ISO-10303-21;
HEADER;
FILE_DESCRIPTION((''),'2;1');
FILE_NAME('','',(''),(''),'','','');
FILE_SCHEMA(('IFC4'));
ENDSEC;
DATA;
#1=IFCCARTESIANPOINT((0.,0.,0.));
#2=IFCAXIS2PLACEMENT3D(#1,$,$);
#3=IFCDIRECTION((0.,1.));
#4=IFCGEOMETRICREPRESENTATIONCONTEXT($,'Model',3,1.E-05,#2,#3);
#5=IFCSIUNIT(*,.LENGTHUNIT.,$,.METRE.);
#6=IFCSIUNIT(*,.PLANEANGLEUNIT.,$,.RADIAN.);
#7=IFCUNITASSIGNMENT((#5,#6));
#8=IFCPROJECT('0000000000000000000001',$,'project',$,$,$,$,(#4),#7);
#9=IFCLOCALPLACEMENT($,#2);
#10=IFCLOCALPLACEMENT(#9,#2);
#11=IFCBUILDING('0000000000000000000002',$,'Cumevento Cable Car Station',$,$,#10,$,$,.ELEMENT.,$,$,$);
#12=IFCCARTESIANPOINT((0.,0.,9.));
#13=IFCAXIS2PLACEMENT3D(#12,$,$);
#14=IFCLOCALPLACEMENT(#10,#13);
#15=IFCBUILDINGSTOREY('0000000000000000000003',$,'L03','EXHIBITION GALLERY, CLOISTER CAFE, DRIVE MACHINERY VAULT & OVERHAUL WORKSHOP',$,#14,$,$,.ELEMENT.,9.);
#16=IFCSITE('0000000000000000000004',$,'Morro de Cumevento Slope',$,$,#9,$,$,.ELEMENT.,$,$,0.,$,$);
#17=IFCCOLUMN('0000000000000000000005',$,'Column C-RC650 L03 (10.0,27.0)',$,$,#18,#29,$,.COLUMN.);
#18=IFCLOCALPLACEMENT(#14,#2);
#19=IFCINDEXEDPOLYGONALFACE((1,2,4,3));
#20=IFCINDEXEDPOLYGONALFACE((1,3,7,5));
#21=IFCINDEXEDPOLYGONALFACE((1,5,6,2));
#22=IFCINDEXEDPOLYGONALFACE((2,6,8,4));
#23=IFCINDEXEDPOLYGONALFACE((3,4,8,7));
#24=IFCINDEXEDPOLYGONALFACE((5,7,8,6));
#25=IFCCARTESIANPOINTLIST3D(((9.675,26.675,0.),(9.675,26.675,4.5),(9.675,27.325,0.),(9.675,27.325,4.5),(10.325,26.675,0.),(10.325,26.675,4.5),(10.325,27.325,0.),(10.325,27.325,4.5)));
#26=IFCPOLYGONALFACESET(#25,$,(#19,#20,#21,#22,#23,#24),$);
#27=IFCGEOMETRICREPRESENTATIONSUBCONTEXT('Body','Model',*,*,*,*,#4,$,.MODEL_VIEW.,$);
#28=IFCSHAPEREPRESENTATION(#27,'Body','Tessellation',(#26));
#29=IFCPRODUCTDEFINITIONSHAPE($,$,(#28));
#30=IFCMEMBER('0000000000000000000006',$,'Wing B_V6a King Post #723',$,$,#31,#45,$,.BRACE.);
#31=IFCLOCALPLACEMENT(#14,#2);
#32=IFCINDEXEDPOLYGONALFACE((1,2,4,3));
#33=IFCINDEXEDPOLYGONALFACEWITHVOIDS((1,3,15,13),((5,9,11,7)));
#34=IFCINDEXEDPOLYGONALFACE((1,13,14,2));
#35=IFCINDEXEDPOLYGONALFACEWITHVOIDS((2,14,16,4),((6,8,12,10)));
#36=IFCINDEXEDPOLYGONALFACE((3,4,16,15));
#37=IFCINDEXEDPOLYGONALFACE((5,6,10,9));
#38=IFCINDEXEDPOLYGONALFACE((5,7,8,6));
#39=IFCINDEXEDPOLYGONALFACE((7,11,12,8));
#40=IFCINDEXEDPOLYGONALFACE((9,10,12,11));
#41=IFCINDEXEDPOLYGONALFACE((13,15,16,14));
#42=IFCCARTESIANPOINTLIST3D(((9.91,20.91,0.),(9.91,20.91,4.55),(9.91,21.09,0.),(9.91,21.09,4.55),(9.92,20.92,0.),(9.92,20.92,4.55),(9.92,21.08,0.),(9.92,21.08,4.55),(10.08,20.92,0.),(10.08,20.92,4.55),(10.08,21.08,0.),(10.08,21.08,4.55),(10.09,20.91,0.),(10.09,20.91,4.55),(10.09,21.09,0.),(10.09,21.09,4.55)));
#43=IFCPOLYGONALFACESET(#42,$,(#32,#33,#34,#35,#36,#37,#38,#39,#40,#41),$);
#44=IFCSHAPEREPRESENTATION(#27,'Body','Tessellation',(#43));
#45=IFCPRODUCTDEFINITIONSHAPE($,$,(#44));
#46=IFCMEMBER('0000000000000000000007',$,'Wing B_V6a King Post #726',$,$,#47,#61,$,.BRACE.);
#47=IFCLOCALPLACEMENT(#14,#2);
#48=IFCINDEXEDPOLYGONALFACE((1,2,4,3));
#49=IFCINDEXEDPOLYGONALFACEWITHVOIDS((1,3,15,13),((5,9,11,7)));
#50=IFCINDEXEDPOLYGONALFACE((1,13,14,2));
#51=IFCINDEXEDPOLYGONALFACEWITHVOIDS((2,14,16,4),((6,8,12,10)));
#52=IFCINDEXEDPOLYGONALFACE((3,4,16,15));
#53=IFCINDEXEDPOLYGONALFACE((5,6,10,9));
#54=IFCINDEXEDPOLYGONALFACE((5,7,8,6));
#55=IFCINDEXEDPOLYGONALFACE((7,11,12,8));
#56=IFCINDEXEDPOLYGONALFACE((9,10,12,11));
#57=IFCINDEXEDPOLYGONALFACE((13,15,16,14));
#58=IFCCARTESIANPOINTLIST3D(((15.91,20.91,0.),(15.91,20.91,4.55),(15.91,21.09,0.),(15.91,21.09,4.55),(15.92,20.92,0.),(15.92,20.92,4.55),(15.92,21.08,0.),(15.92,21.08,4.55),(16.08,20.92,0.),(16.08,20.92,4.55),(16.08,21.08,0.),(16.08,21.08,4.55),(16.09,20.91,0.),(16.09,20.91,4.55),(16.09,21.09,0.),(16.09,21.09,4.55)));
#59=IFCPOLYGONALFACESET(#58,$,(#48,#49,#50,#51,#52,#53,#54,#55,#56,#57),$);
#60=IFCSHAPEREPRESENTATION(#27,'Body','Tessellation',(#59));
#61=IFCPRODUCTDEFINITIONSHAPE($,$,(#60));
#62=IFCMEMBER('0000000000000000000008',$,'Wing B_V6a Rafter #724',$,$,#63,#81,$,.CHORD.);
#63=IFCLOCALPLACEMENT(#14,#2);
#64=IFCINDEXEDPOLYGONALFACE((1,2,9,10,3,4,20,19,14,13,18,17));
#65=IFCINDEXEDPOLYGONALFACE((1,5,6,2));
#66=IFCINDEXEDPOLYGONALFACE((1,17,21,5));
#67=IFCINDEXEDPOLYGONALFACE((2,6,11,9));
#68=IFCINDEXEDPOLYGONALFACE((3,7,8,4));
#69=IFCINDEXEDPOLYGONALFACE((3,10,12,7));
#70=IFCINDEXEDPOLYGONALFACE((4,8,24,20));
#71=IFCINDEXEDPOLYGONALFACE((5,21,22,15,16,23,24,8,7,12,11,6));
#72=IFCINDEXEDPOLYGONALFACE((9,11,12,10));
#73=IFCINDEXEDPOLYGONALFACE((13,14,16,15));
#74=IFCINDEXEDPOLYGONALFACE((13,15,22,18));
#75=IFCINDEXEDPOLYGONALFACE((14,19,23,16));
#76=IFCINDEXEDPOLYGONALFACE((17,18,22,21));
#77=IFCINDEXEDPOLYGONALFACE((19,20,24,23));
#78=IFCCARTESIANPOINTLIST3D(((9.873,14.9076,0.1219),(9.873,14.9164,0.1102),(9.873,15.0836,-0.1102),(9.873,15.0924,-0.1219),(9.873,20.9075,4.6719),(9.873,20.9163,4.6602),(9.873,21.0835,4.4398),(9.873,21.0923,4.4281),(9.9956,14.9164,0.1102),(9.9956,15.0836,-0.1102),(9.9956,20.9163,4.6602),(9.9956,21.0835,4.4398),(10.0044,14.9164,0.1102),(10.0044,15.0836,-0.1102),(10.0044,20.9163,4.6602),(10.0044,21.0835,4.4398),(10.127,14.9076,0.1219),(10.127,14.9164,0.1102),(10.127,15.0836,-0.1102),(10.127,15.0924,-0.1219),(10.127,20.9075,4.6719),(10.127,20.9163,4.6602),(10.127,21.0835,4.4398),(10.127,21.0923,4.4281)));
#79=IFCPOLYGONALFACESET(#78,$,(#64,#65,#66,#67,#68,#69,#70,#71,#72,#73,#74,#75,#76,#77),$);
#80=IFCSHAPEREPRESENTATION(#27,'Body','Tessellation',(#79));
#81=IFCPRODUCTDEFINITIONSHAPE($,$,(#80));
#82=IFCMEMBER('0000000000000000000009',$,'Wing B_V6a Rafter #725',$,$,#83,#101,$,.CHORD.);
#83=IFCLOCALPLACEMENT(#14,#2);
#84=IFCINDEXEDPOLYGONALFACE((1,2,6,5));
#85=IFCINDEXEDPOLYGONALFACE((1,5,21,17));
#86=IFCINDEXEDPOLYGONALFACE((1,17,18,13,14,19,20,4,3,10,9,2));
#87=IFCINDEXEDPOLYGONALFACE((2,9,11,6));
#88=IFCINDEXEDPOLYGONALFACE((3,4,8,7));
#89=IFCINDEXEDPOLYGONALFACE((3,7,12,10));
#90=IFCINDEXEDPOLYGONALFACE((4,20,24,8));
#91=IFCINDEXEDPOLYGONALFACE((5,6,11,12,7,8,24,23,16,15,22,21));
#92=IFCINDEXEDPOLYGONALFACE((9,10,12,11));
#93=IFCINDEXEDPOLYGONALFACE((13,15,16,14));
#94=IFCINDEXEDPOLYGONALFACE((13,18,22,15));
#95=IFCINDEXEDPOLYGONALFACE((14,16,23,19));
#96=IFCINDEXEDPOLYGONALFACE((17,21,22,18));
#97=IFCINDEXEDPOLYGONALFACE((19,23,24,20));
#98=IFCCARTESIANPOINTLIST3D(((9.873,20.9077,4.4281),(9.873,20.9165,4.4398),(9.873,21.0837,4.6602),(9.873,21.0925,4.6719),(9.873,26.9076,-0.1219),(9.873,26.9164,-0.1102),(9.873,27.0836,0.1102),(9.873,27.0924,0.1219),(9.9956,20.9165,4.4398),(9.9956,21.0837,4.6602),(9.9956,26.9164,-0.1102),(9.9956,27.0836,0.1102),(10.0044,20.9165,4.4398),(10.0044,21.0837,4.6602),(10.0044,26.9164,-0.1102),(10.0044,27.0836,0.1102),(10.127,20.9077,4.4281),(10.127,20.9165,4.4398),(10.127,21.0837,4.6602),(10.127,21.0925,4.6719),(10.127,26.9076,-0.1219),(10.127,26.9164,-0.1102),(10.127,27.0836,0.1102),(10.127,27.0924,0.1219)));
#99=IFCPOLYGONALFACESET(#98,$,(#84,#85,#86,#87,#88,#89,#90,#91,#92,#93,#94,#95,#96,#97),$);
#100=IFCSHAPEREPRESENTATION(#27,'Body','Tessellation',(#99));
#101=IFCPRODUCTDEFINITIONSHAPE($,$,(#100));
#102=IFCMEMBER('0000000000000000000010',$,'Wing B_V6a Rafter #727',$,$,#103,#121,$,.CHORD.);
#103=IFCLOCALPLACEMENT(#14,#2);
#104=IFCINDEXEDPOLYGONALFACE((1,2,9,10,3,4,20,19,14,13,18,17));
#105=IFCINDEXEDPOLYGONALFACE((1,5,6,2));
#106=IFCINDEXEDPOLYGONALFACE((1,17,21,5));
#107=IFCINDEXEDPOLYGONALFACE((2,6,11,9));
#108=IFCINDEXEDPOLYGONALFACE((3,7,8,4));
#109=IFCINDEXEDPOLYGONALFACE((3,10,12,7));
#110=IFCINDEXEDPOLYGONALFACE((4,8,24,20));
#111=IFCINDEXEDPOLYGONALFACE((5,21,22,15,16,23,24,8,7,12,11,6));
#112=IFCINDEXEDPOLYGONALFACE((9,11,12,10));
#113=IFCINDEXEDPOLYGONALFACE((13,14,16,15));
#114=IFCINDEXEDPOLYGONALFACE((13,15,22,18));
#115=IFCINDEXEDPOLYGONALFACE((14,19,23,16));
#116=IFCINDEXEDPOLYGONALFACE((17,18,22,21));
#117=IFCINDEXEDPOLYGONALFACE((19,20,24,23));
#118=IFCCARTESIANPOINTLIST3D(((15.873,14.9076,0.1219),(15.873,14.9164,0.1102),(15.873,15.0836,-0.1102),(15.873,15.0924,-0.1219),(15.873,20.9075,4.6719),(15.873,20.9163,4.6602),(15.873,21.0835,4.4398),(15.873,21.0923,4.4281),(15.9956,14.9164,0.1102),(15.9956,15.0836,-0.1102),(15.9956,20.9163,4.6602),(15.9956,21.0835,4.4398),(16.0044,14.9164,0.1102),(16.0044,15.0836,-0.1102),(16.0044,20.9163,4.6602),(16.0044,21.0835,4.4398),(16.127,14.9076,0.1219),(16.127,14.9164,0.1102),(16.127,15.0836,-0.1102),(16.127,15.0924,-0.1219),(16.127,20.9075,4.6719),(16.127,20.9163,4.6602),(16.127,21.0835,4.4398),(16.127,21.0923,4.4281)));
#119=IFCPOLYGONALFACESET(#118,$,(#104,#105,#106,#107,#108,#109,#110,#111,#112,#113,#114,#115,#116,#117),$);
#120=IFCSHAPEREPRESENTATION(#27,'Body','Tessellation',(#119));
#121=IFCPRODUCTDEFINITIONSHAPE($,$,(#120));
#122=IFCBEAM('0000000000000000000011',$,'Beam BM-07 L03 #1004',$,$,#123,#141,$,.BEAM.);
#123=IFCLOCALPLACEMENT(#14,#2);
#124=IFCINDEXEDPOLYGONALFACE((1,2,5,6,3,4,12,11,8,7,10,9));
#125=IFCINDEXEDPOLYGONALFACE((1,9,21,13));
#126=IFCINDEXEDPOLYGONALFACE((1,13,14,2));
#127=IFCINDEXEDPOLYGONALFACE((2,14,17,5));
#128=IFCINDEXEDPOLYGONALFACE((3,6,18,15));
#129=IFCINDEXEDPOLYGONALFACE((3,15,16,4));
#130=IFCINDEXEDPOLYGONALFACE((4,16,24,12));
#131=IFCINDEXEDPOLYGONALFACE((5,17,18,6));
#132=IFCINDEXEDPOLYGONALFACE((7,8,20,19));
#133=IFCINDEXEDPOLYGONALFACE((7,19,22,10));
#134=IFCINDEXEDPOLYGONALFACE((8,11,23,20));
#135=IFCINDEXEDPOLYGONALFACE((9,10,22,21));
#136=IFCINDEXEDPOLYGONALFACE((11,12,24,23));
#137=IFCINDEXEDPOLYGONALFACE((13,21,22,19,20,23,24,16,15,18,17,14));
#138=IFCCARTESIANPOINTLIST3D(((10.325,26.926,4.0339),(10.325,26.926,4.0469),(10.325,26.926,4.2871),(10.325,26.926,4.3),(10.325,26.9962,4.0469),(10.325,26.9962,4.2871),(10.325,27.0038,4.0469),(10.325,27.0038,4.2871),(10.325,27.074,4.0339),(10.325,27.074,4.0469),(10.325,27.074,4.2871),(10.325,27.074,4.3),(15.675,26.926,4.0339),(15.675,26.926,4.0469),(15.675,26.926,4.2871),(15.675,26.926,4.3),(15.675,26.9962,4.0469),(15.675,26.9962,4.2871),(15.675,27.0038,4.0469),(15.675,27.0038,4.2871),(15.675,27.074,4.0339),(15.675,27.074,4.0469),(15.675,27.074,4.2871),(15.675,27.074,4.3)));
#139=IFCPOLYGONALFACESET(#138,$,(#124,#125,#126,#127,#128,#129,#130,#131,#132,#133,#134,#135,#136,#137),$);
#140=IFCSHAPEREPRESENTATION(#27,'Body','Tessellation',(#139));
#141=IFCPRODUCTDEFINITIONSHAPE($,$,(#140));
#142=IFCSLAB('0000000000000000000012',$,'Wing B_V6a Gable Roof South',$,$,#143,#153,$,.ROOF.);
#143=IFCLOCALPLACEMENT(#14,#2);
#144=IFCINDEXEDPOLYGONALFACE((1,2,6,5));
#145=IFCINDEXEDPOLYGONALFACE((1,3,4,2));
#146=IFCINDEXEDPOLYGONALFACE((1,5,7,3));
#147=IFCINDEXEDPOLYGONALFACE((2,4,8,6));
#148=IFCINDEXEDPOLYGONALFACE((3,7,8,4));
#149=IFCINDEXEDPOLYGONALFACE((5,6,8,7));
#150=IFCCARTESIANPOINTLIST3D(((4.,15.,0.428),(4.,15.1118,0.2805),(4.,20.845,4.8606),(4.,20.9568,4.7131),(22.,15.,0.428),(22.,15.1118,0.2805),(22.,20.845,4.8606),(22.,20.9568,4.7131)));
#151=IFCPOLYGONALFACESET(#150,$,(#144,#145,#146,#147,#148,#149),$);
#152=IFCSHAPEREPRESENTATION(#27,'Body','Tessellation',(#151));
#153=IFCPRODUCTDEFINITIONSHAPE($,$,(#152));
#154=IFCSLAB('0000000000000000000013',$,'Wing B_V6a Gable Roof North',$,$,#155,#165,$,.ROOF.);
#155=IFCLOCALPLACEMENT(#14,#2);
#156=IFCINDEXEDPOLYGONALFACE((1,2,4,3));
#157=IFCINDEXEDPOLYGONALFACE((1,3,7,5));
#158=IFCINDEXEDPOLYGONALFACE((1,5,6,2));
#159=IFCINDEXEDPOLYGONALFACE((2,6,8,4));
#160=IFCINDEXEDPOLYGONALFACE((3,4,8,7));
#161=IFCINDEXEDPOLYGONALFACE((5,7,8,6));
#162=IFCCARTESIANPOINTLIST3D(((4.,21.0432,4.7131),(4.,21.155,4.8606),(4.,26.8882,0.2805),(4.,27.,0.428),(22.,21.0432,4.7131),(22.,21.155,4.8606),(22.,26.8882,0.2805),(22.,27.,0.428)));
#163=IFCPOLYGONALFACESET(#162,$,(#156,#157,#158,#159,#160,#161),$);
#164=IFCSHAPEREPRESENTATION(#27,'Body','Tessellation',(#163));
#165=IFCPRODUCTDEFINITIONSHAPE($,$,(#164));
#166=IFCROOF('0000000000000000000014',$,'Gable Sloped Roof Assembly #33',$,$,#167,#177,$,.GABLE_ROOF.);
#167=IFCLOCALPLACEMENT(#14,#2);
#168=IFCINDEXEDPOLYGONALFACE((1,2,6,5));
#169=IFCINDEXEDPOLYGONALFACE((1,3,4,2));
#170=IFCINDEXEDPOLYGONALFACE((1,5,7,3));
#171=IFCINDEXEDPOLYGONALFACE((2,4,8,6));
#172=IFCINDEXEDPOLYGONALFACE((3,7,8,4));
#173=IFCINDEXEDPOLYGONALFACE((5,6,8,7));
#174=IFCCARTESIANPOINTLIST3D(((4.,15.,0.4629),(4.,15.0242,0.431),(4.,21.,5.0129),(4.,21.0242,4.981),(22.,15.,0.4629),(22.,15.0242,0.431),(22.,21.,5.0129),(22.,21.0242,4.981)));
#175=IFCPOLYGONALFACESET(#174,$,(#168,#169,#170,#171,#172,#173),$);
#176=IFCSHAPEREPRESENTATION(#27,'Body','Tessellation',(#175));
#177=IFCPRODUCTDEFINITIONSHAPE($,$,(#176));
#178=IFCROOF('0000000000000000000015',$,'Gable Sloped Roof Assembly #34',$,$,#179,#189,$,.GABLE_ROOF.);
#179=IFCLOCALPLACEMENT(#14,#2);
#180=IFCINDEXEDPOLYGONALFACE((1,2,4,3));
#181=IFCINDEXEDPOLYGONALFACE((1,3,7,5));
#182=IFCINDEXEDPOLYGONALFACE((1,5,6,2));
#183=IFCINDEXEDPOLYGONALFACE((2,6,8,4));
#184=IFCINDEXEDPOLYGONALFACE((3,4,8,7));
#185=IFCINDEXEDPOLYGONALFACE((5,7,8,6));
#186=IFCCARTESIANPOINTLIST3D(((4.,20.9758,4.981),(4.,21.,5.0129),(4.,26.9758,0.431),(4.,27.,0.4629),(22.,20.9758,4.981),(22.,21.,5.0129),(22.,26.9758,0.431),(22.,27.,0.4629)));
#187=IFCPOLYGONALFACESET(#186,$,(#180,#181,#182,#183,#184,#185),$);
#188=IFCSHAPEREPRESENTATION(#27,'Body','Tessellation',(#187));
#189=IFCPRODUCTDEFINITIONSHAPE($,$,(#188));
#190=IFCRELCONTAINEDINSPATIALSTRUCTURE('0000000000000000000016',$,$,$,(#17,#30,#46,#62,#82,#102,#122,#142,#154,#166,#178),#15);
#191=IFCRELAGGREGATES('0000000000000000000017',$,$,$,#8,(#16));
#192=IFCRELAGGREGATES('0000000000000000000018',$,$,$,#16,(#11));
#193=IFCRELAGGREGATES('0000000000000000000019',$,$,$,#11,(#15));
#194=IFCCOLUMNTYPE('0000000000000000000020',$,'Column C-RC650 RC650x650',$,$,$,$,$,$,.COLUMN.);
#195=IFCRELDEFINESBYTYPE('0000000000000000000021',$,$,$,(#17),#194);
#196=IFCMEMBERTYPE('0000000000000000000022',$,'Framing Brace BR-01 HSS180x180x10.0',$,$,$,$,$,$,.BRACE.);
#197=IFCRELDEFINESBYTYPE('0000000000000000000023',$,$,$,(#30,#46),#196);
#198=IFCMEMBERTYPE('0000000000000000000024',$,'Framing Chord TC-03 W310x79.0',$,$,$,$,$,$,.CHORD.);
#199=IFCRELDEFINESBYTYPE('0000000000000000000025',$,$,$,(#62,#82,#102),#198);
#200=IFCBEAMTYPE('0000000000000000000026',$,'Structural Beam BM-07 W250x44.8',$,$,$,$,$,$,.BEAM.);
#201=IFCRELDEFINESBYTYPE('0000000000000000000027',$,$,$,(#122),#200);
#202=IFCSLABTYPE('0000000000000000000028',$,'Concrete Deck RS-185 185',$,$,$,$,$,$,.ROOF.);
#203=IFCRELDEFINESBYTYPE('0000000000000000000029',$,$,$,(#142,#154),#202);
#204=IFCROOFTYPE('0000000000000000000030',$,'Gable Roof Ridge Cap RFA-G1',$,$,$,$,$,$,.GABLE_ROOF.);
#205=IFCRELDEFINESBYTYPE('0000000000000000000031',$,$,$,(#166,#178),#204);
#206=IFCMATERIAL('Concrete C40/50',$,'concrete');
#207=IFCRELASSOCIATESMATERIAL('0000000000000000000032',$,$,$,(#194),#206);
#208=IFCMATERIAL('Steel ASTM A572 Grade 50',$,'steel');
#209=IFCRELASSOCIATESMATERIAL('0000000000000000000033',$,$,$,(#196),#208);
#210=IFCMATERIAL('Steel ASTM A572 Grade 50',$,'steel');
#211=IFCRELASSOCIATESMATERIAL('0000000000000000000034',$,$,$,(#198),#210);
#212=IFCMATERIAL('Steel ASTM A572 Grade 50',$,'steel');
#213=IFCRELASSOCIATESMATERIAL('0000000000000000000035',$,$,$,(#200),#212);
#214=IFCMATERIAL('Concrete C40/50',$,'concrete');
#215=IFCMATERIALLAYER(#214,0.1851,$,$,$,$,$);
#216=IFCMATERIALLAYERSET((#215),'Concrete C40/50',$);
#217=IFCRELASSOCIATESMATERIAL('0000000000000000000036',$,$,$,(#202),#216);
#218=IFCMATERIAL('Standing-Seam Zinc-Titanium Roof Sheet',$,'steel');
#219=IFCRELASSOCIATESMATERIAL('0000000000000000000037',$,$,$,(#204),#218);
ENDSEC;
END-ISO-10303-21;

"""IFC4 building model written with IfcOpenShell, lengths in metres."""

from ifc_helpers import new_model, si_unit, direction, frame, origin, origin_2d, place, context, subcontext, project, spatial, polyline, rectangle, hollow_rectangle, i_section, outline, extrude, material, layer, layer_set, material_profile, profile_set, type_object, element, save


model = new_model("IFC4")

# Units and contexts
model_context = context("Model", 3, precision=1e-05, world=origin(), true_north=direction((0.0, 1.0)))
body_context = subcontext(model_context, "Body", "Model", "MODEL_VIEW")
ifc_project = project(units=[si_unit("LENGTHUNIT", "METRE"), si_unit("PLANEANGLEUNIT", "RADIAN")], contexts=[model_context])

# Site, building, storey
site_placement = place(None, origin())
site = spatial("IfcSite", under=ifc_project, at=site_placement, Name="Morro de Cumevento Slope", CompositionType="ELEMENT", RefElevation=0.0)
building_placement = place(site_placement, origin())
building = spatial("IfcBuilding", under=site, at=building_placement, Name="Cumevento Cable Car Station", CompositionType="ELEMENT")
storey_placement = place(building_placement, frame((0.0, 0.0, 9.0)))
storey = spatial("IfcBuildingStorey", under=building, at=storey_placement, Name="L03", Description="EXHIBITION GALLERY, CLOISTER CAFE, DRIVE MACHINERY VAULT & OVERHAUL WORKSHOP", CompositionType="ELEMENT", Elevation=9.0)

# Column
ifc_material_1 = material(Name="Concrete C40/50", Category="concrete")
ifc_material_profile_1 = material_profile(ifc_material_1, rectangle(XDim=0.6499, YDim=0.6499, at=origin_2d()), Name="RC650x650")
ifc_profile_set_1 = profile_set([ifc_material_profile_1], Name="Concrete C40/50")
column_type = type_object("IfcColumnType", Name="Column C-RC650 RC650x650", PredefinedType="COLUMN", material=ifc_profile_set_1)
column_placement = place(storey_placement, frame((10.0, 27.0, 0.0), z_axis=(0.0, 0.0, 1.0), x_axis=(1.0, 0.0, 0.0)))
element("IfcColumn", 1, at=column_placement, inside=storey, type_object=column_type, Name="Column C-RC650 L03 (10.0,27.0)", PredefinedType="COLUMN", context=body_context, shape_type="SweptSolid", body=[
    extrude(rectangle(XDim=0.6499, YDim=0.6499, at=origin_2d()), origin(), (0.0, 0.0, 1.0), 4.5),
])

# Members
ifc_material_2 = material(Name="Steel ASTM A572 Grade 50", Category="steel")
ifc_material_profile_2 = material_profile(ifc_material_2, hollow_rectangle(XDim=0.1799, YDim=0.1799, WallThickness=0.01, at=origin_2d()), Name="HSS180x180x10.0")
ifc_profile_set_2 = profile_set([ifc_material_profile_2], Name="Steel ASTM A572 Grade 50")
member_type_1 = type_object("IfcMemberType", Name="Framing Brace BR-01 HSS180x180x10.0", PredefinedType="BRACE", material=ifc_profile_set_2)
for number, where, z_axis, x_axis, name in (
    (2, (10.0, 21.0, 0.0), (0.0, 0.0, 1.0), (1.0, 0.0, 0.0), "Wing B_V6a King Post #723"),
    (3, (16.0, 21.0, 0.0), (0.0, 0.0, 1.0), (1.0, 0.0, 0.0), "Wing B_V6a King Post #726"),
):
    element("IfcMember", number, at=place(storey_placement, frame(where, z_axis=z_axis, x_axis=x_axis)), inside=storey, type_object=member_type_1, Name=name, PredefinedType="BRACE", context=body_context, shape_type="SweptSolid", body=[
        extrude(hollow_rectangle(XDim=0.1799, YDim=0.1799, WallThickness=0.01, at=origin_2d()), origin(), (0.0, 0.0, 1.0), 4.55),
    ])
ifc_material_3 = material(Name="Steel ASTM A572 Grade 50", Category="steel")
ifc_material_profile_3 = material_profile(ifc_material_3, i_section(OverallWidth=0.2539, OverallDepth=0.3059, WebThickness=0.0088, FlangeThickness=0.0146, at=origin_2d()), Name="W310x79.0")
ifc_profile_set_3 = profile_set([ifc_material_profile_3], Name="Steel ASTM A572 Grade 50")
member_type_2 = type_object("IfcMemberType", Name="Framing Chord TC-03 W310x79.0", PredefinedType="CHORD", material=ifc_profile_set_3)
for number, where, z_axis, x_axis, name in (
    (4, (10.0, 15.0, 0.0), (0.0, 0.796798, 0.604245), (-1.0, 0.0, 0.0), "Wing B_V6a Rafter #724"),
    (5, (10.0, 27.0, 0.0), (0.0, -0.796798, 0.604245), (1.0, 0.0, 0.0), "Wing B_V6a Rafter #725"),
    (6, (16.0, 15.0, 0.0), (0.0, 0.796798, 0.604245), (-1.0, 0.0, 0.0), "Wing B_V6a Rafter #727"),
):
    element("IfcMember", number, at=place(storey_placement, frame(where, z_axis=z_axis, x_axis=x_axis)), inside=storey, type_object=member_type_2, Name=name, PredefinedType="CHORD", context=body_context, shape_type="SweptSolid", body=[
        extrude(i_section(OverallWidth=0.2539, OverallDepth=0.3059, WebThickness=0.0088, FlangeThickness=0.0146, at=origin_2d()), origin(), (0.0, 0.0, 1.0), 7.53),
    ])

# Beam
ifc_material_4 = material(Name="Steel ASTM A572 Grade 50", Category="steel")
ifc_material_profile_4 = material_profile(ifc_material_4, i_section(OverallWidth=0.1479, OverallDepth=0.2661, WebThickness=0.0076, FlangeThickness=0.0129, at=origin_2d()), Name="W250x44.8")
ifc_profile_set_4 = profile_set([ifc_material_profile_4], Name="Steel ASTM A572 Grade 50")
beam_type = type_object("IfcBeamType", Name="Structural Beam BM-07 W250x44.8", PredefinedType="BEAM", material=ifc_profile_set_4)
beam_placement = place(storey_placement, frame((10.325, 27.0, 4.167), z_axis=(1.0, 0.0, 0.0), x_axis=(0.0, 1.0, 0.0)))
element("IfcBeam", 7, at=beam_placement, inside=storey, type_object=beam_type, Name="Beam BM-07 L03 #1004", PredefinedType="BEAM", context=body_context, shape_type="SweptSolid", body=[
    extrude(i_section(OverallWidth=0.1479, OverallDepth=0.2661, WebThickness=0.0076, FlangeThickness=0.0129, at=origin_2d()), origin(), (0.0, 0.0, 1.0), 5.3501),
])

# Slabs
ifc_material_5 = material(Name="Concrete C40/50", Category="concrete")
ifc_layer = layer(ifc_material_5, 0.1851)
ifc_layer_set = layer_set([ifc_layer], Name="Concrete C40/50")
slab_type = type_object("IfcSlabType", Name="Concrete Deck RS-185 185", PredefinedType="ROOF", material=ifc_layer_set)
for number, where, z_axis, x_axis, name in (
    (8, (4.0, 15.0, 0.428), (0.0, -0.604257, 0.79679), (1.0, 0.0, 0.0), "Wing B_V6a Gable Roof South"),
    (9, (4.0, 21.155, 4.8606), (0.0, 0.604257, 0.79679), (1.0, 0.0, 0.0), "Wing B_V6a Gable Roof North"),
):
    element("IfcSlab", number, at=place(storey_placement, frame(where, z_axis=z_axis, x_axis=x_axis)), inside=storey, type_object=slab_type, Name=name, PredefinedType="ROOF", context=body_context, shape_type="SweptSolid", body=[
        extrude(outline(polyline([(0.0, 0.0), (18.0, 0.0), (18.0, 7.3357), (0.0, 7.3357), (0.0, 0.0)])), origin(), (0.0, 0.0, -1.0), 0.1851),
    ])

# Roofs
ifc_material_6 = material(Name="Standing-Seam Zinc-Titanium Roof Sheet", Category="steel")
roof_type = type_object("IfcRoofType", Name="Gable Roof Ridge Cap RFA-G1", PredefinedType="GABLE_ROOF", material=ifc_material_6)
for number, where, z_axis, x_axis, name in (
    (10, (4.0, 15.0, 0.4629), (0.0, -0.604245, 0.796798), (1.0, 0.0, 0.0), "Gable Sloped Roof Assembly #33"),
    (11, (4.0, 21.0, 5.0129), (0.0, 0.604245, 0.796798), (1.0, 0.0, 0.0), "Gable Sloped Roof Assembly #34"),
):
    element("IfcRoof", number, at=place(storey_placement, frame(where, z_axis=z_axis, x_axis=x_axis)), inside=storey, type_object=roof_type, Name=name, PredefinedType="GABLE_ROOF", context=body_context, shape_type="SweptSolid", body=[
        extrude(outline(polyline([(0.0, 0.0), (18.0, 0.0), (18.0, 7.5301), (0.0, 7.5301), (0.0, 0.0)])), origin(), (0.0, 0.0, -1.0), 0.04),
    ])

save(model, "model.ifc")
